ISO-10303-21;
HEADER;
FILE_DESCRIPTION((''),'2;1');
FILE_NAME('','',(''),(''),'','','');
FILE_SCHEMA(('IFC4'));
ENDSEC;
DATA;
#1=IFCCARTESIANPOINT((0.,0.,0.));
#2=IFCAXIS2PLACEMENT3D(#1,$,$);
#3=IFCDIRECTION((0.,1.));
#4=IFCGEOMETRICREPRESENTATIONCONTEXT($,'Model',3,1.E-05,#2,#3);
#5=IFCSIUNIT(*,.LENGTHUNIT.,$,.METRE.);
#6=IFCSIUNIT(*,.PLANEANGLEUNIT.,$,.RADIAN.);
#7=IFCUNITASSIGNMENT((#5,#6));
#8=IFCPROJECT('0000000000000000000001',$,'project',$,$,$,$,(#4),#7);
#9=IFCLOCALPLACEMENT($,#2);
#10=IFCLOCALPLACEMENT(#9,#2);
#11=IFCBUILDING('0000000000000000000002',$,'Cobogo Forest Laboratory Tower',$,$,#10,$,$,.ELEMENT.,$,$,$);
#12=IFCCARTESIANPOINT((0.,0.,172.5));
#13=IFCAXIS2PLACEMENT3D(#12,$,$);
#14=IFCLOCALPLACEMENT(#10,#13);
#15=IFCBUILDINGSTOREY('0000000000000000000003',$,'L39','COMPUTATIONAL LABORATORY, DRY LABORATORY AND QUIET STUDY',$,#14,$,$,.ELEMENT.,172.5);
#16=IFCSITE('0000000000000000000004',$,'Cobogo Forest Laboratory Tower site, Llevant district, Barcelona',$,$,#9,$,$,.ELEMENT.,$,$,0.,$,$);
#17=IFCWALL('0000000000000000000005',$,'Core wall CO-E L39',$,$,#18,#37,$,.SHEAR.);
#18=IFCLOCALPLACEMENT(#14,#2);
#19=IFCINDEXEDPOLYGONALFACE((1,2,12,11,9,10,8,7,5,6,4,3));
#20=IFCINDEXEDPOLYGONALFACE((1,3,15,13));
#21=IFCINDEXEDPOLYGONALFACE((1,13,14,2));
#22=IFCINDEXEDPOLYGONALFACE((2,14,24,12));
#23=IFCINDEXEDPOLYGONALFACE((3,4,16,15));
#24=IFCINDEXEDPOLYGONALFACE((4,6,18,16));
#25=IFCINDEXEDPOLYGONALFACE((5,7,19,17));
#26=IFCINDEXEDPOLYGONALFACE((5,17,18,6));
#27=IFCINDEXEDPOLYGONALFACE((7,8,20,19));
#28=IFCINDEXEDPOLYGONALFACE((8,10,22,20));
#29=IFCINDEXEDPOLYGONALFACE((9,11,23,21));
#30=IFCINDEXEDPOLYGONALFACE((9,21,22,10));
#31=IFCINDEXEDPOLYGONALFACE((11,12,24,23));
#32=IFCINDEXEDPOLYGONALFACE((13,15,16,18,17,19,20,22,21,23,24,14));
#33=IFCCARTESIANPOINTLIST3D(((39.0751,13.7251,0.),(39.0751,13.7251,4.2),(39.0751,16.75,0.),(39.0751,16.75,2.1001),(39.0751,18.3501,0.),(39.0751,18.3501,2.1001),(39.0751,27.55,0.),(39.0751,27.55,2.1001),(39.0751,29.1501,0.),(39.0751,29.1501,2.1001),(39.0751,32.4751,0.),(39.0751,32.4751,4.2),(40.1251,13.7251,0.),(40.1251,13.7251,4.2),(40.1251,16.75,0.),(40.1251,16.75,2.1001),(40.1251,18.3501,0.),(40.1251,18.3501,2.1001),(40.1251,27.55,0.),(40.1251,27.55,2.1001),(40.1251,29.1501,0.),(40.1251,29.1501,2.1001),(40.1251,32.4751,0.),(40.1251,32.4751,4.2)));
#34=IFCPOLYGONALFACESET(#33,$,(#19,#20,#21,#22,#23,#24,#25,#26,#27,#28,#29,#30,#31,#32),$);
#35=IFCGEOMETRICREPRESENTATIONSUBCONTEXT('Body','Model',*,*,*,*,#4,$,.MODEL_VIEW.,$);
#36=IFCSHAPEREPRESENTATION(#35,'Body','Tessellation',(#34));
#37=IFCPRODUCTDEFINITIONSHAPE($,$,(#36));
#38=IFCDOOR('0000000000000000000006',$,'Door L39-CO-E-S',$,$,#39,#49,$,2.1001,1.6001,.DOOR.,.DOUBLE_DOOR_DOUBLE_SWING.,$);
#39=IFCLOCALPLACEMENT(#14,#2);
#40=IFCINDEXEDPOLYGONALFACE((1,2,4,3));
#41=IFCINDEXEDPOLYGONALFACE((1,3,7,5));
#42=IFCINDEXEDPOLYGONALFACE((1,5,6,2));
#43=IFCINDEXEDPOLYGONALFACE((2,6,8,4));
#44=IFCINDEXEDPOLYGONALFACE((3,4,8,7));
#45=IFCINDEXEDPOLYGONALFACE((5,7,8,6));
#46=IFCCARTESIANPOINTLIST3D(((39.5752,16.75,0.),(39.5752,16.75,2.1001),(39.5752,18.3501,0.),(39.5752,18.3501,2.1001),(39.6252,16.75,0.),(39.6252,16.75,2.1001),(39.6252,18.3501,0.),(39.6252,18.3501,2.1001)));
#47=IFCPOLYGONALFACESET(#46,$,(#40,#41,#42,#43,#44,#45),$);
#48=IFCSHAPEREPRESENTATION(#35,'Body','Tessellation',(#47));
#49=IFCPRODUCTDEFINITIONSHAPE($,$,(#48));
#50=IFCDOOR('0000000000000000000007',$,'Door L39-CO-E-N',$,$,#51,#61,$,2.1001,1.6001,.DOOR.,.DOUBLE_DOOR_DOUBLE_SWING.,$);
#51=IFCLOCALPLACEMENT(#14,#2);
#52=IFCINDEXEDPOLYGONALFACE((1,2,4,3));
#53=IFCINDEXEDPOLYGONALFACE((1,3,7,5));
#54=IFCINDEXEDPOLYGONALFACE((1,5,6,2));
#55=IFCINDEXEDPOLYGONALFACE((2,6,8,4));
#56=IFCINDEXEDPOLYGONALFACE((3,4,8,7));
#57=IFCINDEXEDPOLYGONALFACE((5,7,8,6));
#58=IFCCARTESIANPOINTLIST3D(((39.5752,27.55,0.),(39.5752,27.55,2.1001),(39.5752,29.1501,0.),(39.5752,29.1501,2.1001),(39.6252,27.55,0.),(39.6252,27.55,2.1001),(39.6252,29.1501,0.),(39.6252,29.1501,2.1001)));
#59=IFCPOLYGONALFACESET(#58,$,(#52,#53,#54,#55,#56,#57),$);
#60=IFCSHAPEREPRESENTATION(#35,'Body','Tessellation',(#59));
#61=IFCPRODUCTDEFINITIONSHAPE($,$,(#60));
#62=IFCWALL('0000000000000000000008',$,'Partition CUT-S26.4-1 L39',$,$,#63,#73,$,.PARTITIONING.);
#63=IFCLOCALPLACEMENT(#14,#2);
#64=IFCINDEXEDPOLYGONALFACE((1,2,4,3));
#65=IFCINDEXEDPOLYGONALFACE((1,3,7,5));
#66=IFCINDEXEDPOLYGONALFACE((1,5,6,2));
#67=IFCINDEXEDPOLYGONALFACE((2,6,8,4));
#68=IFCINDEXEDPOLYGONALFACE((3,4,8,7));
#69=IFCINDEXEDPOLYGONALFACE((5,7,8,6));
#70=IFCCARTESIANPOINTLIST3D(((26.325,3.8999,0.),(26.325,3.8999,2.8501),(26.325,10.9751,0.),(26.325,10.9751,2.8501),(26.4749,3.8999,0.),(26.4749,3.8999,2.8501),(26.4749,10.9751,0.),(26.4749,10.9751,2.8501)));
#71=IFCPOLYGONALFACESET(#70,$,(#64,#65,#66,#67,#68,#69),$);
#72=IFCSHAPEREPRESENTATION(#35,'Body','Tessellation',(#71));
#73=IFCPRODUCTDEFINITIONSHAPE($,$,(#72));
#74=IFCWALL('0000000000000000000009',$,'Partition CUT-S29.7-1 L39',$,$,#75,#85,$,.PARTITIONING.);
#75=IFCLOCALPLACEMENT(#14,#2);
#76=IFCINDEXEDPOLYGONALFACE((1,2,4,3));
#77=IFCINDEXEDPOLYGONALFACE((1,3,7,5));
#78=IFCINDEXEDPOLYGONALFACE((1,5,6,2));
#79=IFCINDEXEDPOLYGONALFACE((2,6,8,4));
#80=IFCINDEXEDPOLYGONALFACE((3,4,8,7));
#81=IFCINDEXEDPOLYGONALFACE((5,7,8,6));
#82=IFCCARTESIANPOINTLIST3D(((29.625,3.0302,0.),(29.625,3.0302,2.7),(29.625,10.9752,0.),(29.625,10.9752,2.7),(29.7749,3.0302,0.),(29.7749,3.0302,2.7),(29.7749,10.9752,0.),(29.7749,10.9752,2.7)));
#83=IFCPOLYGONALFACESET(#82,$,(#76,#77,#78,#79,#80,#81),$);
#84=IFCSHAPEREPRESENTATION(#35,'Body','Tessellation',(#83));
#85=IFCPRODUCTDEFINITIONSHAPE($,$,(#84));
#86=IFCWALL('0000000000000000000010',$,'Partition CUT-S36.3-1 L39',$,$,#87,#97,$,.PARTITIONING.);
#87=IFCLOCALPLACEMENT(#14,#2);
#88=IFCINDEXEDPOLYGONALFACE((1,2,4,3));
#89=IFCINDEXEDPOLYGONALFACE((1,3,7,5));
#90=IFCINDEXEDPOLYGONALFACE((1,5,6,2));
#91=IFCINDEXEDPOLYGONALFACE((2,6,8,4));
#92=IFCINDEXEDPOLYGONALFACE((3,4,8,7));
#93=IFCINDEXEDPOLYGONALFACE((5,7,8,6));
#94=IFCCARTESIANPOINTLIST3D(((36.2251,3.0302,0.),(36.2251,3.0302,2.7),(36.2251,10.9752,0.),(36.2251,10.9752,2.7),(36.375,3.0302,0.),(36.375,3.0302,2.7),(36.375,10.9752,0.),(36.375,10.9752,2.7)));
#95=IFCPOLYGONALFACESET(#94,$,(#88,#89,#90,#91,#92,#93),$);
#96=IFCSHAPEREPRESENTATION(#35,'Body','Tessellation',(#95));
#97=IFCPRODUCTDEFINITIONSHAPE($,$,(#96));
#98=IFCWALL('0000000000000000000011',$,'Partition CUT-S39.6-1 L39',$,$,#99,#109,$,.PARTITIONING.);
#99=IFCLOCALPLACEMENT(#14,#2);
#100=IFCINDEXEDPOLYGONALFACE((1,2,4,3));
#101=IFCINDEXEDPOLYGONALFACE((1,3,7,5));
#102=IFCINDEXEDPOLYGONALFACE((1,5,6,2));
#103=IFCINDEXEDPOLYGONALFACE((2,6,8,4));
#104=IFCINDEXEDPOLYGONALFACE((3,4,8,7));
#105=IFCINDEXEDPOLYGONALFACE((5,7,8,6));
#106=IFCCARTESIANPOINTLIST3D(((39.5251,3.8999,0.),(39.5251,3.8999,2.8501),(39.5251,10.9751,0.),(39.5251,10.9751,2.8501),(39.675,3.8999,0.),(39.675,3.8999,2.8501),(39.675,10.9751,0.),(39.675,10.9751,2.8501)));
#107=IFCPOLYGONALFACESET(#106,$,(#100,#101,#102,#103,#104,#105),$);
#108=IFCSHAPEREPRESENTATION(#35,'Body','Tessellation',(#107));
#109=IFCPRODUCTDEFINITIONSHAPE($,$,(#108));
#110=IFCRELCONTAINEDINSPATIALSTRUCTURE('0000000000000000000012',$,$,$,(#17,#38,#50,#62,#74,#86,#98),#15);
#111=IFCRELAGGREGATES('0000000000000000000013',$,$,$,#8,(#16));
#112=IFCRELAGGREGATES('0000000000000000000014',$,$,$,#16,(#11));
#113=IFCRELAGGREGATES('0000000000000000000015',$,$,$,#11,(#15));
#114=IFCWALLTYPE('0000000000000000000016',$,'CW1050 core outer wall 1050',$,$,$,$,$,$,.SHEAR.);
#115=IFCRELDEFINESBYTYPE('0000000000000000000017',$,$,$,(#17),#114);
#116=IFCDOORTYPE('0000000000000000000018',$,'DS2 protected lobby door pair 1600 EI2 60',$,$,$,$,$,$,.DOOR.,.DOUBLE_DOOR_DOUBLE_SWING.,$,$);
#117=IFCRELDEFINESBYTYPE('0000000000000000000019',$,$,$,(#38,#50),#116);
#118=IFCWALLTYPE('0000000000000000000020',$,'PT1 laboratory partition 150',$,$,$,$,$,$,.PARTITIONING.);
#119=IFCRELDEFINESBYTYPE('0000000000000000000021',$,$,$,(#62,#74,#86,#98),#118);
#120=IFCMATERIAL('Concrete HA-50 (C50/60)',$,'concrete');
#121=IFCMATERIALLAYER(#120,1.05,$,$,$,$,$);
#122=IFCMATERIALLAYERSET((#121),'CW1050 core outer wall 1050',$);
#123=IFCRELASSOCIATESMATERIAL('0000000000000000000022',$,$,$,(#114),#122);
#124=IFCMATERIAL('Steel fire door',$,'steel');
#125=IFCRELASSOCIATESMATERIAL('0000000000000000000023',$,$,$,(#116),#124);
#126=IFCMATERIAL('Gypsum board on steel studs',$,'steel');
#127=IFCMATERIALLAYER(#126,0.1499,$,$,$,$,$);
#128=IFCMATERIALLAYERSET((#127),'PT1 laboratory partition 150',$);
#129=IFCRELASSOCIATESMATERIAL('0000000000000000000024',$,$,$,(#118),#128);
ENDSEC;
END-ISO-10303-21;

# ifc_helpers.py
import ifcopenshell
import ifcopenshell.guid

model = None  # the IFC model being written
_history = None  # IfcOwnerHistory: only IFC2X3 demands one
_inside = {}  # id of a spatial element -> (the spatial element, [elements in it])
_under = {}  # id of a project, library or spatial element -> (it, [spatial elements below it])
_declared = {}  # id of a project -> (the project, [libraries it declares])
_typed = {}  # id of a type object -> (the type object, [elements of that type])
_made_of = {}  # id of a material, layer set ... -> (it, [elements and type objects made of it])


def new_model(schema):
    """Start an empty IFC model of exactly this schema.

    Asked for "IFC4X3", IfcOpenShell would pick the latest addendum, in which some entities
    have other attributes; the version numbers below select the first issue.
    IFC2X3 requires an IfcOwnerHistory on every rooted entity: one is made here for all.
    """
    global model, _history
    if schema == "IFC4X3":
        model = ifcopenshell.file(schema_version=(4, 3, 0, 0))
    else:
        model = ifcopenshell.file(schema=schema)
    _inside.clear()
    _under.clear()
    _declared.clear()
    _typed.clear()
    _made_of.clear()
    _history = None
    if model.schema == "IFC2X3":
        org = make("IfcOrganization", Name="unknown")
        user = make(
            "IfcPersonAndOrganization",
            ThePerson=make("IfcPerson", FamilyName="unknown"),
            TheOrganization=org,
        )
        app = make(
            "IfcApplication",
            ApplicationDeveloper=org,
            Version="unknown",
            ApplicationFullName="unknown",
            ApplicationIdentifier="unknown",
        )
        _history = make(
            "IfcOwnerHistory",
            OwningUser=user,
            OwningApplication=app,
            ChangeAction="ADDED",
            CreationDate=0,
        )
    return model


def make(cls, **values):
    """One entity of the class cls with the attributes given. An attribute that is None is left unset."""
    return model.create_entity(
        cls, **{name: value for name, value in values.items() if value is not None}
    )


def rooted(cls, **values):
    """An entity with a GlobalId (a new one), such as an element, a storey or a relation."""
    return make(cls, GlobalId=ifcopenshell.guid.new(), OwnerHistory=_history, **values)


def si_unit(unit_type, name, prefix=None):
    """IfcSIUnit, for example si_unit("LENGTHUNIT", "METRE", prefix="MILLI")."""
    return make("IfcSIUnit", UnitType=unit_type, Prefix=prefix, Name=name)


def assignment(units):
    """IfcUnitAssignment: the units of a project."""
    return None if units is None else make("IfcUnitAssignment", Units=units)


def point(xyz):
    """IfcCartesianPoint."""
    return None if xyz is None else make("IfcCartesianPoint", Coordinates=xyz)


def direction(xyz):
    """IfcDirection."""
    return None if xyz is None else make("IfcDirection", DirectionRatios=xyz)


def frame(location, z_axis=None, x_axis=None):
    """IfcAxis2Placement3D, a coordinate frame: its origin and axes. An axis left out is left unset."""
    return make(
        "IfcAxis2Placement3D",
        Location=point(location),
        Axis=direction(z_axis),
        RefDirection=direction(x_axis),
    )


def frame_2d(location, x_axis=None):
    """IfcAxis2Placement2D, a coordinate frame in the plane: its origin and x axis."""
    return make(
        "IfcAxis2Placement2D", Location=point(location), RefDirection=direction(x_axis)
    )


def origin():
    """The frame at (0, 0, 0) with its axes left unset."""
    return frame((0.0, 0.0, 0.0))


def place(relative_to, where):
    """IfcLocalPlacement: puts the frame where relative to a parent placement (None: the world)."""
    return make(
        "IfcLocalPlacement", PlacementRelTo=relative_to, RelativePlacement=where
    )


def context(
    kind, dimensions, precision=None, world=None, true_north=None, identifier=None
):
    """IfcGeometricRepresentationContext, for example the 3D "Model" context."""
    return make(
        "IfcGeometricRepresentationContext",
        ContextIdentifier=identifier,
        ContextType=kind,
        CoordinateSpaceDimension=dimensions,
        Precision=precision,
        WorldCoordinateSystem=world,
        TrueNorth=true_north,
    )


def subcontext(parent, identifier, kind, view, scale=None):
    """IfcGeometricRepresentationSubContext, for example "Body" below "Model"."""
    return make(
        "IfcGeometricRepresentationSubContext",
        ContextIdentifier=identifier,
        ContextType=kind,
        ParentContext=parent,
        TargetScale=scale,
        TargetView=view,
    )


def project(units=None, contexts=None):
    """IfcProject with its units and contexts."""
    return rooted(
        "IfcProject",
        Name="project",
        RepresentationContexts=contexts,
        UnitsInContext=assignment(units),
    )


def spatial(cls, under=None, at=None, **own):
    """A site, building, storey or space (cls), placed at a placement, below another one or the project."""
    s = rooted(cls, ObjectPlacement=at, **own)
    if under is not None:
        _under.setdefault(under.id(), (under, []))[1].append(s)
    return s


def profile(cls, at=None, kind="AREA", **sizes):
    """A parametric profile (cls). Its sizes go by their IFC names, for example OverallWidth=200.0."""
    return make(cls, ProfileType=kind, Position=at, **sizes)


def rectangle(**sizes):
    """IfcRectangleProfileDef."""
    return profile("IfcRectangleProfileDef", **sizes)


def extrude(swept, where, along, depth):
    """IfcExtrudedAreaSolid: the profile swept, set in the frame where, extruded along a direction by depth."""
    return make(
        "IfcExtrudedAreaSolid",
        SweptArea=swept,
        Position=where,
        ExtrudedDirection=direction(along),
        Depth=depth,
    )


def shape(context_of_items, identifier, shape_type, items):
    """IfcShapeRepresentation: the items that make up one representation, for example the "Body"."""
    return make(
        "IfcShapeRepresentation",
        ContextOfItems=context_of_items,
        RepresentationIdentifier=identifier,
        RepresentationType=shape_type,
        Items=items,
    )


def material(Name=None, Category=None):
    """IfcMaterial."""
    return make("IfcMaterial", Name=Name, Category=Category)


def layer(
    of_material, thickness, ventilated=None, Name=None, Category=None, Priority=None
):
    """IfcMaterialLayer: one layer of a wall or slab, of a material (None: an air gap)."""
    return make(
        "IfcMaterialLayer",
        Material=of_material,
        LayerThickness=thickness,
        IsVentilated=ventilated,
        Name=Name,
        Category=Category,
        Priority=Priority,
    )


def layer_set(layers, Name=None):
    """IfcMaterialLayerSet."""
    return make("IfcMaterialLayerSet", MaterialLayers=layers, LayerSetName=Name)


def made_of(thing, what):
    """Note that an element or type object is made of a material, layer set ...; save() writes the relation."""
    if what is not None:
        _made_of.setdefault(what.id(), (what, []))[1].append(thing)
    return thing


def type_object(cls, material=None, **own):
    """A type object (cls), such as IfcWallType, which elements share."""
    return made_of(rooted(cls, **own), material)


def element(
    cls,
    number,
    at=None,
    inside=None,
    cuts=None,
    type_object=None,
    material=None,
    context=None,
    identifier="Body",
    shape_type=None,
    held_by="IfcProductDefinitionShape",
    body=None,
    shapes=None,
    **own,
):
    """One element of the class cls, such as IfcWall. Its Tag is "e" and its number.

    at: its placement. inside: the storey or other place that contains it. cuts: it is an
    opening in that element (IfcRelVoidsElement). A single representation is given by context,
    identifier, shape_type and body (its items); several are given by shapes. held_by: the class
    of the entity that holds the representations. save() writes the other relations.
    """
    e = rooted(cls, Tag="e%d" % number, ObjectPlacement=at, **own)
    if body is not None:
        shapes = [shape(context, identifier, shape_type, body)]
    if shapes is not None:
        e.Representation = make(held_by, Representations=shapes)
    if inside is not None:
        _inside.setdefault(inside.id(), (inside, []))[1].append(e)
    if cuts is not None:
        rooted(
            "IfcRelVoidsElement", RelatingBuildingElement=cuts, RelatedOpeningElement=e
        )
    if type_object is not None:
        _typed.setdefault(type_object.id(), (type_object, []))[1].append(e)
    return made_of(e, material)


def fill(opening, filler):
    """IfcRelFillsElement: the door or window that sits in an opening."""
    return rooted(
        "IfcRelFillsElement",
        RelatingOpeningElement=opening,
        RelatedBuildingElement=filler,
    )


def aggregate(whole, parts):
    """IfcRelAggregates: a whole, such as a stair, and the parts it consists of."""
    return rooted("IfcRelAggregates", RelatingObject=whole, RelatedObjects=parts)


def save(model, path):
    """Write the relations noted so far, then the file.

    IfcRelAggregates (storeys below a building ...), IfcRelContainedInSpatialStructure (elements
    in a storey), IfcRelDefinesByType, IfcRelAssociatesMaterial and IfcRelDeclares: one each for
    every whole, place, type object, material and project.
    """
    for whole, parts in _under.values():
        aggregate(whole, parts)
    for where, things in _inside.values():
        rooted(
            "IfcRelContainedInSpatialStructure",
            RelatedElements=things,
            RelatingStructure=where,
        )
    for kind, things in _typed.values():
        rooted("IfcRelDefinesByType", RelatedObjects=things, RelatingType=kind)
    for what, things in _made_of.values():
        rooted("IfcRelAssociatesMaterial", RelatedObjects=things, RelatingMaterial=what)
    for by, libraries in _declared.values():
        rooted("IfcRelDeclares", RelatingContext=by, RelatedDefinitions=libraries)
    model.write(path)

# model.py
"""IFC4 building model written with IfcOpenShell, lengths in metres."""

from ifc_helpers import new_model, si_unit, direction, frame, frame_2d, origin, place, context, subcontext, project, spatial, rectangle, extrude, material, layer, layer_set, type_object, element, fill, save


model = new_model("IFC4")

# Units and contexts
model_context = context("Model", 3, precision=1e-05, world=origin(), true_north=direction((0.0, 1.0)))
body_context = subcontext(model_context, "Body", "Model", "MODEL_VIEW")
ifc_project = project(units=[si_unit("LENGTHUNIT", "METRE"), si_unit("PLANEANGLEUNIT", "RADIAN")], contexts=[model_context])

# Site, building, storey
site_placement = place(None, origin())
site = spatial("IfcSite", under=ifc_project, at=site_placement, Name="Cobogo Forest Laboratory Tower site, Llevant district, Barcelona", CompositionType="ELEMENT", RefElevation=0.0)
building_placement = place(site_placement, origin())
building = spatial("IfcBuilding", under=site, at=building_placement, Name="Cobogo Forest Laboratory Tower", CompositionType="ELEMENT")
storey_placement = place(building_placement, frame((0.0, 0.0, 172.5)))
storey = spatial("IfcBuildingStorey", under=building, at=storey_placement, Name="L39", Description="COMPUTATIONAL LABORATORY, DRY LABORATORY AND QUIET STUDY", CompositionType="ELEMENT", Elevation=172.5)

# Shared definitions
ifc_material_1 = material(Name="Concrete HA-50 (C50/60)", Category="concrete")

# Wall, openings, doors
ifc_layer_1 = layer(ifc_material_1, 1.05)
ifc_layer_set_1 = layer_set([ifc_layer_1], Name="CW1050 core outer wall 1050")
wall_type_1 = type_object("IfcWallType", Name="CW1050 core outer wall 1050", PredefinedType="SHEAR", material=ifc_layer_set_1)
wall_1_placement = place(storey_placement, frame((39.6001, 13.7251, 0.0), z_axis=(0.0, 0.0, 1.0), x_axis=(0.0, 1.0, 0.0)))
wall_1 = element("IfcWall", 1, at=wall_1_placement, inside=storey, type_object=wall_type_1, Name="Core wall CO-E L39", PredefinedType="SHEAR", context=body_context, shape_type="SweptSolid", body=[
    extrude(rectangle(XDim=18.75, YDim=1.05, at=frame_2d((9.375, 0.0))), origin(), (0.0, 0.0, 1.0), 4.2),
])
opening_1_placement = place(wall_1_placement, frame((3.0249, 0.0, 0.0)))
opening_1 = element("IfcOpeningElement", 2, at=opening_1_placement, cuts=wall_1, PredefinedType="OPENING", context=body_context, shape_type="SweptSolid", body=[
    extrude(rectangle(XDim=1.6001, YDim=2.1001, at=frame_2d((0.8, 1.05))), frame((0.0, 0.5349, 0.0), z_axis=(0.0, -1.0, 0.0), x_axis=(1.0, 0.0, 0.0)), (0.0, 0.0, 1.0), 1.0701),
])
opening_2_placement = place(wall_1_placement, frame((13.825, 0.0, 0.0)))
opening_2 = element("IfcOpeningElement", 3, at=opening_2_placement, cuts=wall_1, PredefinedType="OPENING", context=body_context, shape_type="SweptSolid", body=[
    extrude(rectangle(XDim=1.6001, YDim=2.1001, at=frame_2d((0.8, 1.05))), frame((0.0, 0.5349, 0.0), z_axis=(0.0, -1.0, 0.0), x_axis=(1.0, 0.0, 0.0)), (0.0, 0.0, 1.0), 1.0701),
])
ifc_material_2 = material(Name="Steel fire door", Category="steel")
door_type_1 = type_object("IfcDoorType", Name="DS2 protected lobby door pair 1600 EI2 60", OperationType="DOUBLE_DOOR_DOUBLE_SWING", PredefinedType="DOOR", material=ifc_material_2)
door_1_placement = place(opening_1_placement, origin())
door_1 = element("IfcDoor", 4, at=door_1_placement, inside=storey, type_object=door_type_1, Name="Door L39-CO-E-S", OperationType="DOUBLE_DOOR_DOUBLE_SWING", OverallHeight=2.1001, OverallWidth=1.6001, PredefinedType="DOOR", context=body_context, shape_type="SweptSolid", body=[
    extrude(rectangle(XDim=1.6001, YDim=2.1001, at=frame_2d((0.8, 1.05))), frame((0.0, 0.0249, 0.0), z_axis=(0.0, -1.0, 0.0), x_axis=(1.0, 0.0, 0.0)), (0.0, 0.0, 1.0), 0.05),
])
fill(opening_1, door_1)
door_2_placement = place(opening_2_placement, origin())
door_2 = element("IfcDoor", 5, at=door_2_placement, inside=storey, type_object=door_type_1, Name="Door L39-CO-E-N", OperationType="DOUBLE_DOOR_DOUBLE_SWING", OverallHeight=2.1001, OverallWidth=1.6001, PredefinedType="DOOR", context=body_context, shape_type="SweptSolid", body=[
    extrude(rectangle(XDim=1.6001, YDim=2.1001, at=frame_2d((0.8, 1.05))), frame((0.0, 0.0249, 0.0), z_axis=(0.0, -1.0, 0.0), x_axis=(1.0, 0.0, 0.0)), (0.0, 0.0, 1.0), 0.05),
])
fill(opening_2, door_2)

# Walls
ifc_material_3 = material(Name="Gypsum board on steel studs", Category="steel")
ifc_layer_2 = layer(ifc_material_3, 0.1499)
ifc_layer_set_2 = layer_set([ifc_layer_2], Name="PT1 laboratory partition 150")
wall_type_2 = type_object("IfcWallType", Name="PT1 laboratory partition 150", PredefinedType="PARTITIONING", material=ifc_layer_set_2)
wall_2_placement = place(storey_placement, frame((26.3999, 3.8999, 0.0), z_axis=(0.0, 0.0, 1.0), x_axis=(0.0, 1.0, 0.0)))
element("IfcWall", 6, at=wall_2_placement, inside=storey, type_object=wall_type_2, Name="Partition CUT-S26.4-1 L39", PredefinedType="PARTITIONING", context=body_context, shape_type="SweptSolid", body=[
    extrude(rectangle(XDim=7.0752, YDim=0.1499, at=frame_2d((3.5376, 0.0))), origin(), (0.0, 0.0, 1.0), 2.8501),
])
for number, where, z_axis, x_axis, name in (
    (7, (29.7, 3.03, 0.0), (0.0, 0.0, 1.0), (0.0, 1.0, 0.0), "Partition CUT-S29.7-1 L39"),
    (8, (36.3, 3.03, 0.0), (0.0, 0.0, 1.0), (0.0, 1.0, 0.0), "Partition CUT-S36.3-1 L39"),
):
    element("IfcWall", number, at=place(storey_placement, frame(where, z_axis=z_axis, x_axis=x_axis)), inside=storey, type_object=wall_type_2, Name=name, PredefinedType="PARTITIONING", context=body_context, shape_type="SweptSolid", body=[
        extrude(rectangle(XDim=7.9451, YDim=0.1499, at=frame_2d((3.9727, 0.0))), origin(), (0.0, 0.0, 1.0), 2.7),
    ])
wall_3_placement = place(storey_placement, frame((39.6001, 3.8999, 0.0), z_axis=(0.0, 0.0, 1.0), x_axis=(0.0, 1.0, 0.0)))
element("IfcWall", 9, at=wall_3_placement, inside=storey, type_object=wall_type_2, Name="Partition CUT-S39.6-1 L39", PredefinedType="PARTITIONING", context=body_context, shape_type="SweptSolid", body=[
    extrude(rectangle(XDim=7.0752, YDim=0.1499, at=frame_2d((3.5376, 0.0))), origin(), (0.0, 0.0, 1.0), 2.8501),
])

save(model, "model.ifc")
